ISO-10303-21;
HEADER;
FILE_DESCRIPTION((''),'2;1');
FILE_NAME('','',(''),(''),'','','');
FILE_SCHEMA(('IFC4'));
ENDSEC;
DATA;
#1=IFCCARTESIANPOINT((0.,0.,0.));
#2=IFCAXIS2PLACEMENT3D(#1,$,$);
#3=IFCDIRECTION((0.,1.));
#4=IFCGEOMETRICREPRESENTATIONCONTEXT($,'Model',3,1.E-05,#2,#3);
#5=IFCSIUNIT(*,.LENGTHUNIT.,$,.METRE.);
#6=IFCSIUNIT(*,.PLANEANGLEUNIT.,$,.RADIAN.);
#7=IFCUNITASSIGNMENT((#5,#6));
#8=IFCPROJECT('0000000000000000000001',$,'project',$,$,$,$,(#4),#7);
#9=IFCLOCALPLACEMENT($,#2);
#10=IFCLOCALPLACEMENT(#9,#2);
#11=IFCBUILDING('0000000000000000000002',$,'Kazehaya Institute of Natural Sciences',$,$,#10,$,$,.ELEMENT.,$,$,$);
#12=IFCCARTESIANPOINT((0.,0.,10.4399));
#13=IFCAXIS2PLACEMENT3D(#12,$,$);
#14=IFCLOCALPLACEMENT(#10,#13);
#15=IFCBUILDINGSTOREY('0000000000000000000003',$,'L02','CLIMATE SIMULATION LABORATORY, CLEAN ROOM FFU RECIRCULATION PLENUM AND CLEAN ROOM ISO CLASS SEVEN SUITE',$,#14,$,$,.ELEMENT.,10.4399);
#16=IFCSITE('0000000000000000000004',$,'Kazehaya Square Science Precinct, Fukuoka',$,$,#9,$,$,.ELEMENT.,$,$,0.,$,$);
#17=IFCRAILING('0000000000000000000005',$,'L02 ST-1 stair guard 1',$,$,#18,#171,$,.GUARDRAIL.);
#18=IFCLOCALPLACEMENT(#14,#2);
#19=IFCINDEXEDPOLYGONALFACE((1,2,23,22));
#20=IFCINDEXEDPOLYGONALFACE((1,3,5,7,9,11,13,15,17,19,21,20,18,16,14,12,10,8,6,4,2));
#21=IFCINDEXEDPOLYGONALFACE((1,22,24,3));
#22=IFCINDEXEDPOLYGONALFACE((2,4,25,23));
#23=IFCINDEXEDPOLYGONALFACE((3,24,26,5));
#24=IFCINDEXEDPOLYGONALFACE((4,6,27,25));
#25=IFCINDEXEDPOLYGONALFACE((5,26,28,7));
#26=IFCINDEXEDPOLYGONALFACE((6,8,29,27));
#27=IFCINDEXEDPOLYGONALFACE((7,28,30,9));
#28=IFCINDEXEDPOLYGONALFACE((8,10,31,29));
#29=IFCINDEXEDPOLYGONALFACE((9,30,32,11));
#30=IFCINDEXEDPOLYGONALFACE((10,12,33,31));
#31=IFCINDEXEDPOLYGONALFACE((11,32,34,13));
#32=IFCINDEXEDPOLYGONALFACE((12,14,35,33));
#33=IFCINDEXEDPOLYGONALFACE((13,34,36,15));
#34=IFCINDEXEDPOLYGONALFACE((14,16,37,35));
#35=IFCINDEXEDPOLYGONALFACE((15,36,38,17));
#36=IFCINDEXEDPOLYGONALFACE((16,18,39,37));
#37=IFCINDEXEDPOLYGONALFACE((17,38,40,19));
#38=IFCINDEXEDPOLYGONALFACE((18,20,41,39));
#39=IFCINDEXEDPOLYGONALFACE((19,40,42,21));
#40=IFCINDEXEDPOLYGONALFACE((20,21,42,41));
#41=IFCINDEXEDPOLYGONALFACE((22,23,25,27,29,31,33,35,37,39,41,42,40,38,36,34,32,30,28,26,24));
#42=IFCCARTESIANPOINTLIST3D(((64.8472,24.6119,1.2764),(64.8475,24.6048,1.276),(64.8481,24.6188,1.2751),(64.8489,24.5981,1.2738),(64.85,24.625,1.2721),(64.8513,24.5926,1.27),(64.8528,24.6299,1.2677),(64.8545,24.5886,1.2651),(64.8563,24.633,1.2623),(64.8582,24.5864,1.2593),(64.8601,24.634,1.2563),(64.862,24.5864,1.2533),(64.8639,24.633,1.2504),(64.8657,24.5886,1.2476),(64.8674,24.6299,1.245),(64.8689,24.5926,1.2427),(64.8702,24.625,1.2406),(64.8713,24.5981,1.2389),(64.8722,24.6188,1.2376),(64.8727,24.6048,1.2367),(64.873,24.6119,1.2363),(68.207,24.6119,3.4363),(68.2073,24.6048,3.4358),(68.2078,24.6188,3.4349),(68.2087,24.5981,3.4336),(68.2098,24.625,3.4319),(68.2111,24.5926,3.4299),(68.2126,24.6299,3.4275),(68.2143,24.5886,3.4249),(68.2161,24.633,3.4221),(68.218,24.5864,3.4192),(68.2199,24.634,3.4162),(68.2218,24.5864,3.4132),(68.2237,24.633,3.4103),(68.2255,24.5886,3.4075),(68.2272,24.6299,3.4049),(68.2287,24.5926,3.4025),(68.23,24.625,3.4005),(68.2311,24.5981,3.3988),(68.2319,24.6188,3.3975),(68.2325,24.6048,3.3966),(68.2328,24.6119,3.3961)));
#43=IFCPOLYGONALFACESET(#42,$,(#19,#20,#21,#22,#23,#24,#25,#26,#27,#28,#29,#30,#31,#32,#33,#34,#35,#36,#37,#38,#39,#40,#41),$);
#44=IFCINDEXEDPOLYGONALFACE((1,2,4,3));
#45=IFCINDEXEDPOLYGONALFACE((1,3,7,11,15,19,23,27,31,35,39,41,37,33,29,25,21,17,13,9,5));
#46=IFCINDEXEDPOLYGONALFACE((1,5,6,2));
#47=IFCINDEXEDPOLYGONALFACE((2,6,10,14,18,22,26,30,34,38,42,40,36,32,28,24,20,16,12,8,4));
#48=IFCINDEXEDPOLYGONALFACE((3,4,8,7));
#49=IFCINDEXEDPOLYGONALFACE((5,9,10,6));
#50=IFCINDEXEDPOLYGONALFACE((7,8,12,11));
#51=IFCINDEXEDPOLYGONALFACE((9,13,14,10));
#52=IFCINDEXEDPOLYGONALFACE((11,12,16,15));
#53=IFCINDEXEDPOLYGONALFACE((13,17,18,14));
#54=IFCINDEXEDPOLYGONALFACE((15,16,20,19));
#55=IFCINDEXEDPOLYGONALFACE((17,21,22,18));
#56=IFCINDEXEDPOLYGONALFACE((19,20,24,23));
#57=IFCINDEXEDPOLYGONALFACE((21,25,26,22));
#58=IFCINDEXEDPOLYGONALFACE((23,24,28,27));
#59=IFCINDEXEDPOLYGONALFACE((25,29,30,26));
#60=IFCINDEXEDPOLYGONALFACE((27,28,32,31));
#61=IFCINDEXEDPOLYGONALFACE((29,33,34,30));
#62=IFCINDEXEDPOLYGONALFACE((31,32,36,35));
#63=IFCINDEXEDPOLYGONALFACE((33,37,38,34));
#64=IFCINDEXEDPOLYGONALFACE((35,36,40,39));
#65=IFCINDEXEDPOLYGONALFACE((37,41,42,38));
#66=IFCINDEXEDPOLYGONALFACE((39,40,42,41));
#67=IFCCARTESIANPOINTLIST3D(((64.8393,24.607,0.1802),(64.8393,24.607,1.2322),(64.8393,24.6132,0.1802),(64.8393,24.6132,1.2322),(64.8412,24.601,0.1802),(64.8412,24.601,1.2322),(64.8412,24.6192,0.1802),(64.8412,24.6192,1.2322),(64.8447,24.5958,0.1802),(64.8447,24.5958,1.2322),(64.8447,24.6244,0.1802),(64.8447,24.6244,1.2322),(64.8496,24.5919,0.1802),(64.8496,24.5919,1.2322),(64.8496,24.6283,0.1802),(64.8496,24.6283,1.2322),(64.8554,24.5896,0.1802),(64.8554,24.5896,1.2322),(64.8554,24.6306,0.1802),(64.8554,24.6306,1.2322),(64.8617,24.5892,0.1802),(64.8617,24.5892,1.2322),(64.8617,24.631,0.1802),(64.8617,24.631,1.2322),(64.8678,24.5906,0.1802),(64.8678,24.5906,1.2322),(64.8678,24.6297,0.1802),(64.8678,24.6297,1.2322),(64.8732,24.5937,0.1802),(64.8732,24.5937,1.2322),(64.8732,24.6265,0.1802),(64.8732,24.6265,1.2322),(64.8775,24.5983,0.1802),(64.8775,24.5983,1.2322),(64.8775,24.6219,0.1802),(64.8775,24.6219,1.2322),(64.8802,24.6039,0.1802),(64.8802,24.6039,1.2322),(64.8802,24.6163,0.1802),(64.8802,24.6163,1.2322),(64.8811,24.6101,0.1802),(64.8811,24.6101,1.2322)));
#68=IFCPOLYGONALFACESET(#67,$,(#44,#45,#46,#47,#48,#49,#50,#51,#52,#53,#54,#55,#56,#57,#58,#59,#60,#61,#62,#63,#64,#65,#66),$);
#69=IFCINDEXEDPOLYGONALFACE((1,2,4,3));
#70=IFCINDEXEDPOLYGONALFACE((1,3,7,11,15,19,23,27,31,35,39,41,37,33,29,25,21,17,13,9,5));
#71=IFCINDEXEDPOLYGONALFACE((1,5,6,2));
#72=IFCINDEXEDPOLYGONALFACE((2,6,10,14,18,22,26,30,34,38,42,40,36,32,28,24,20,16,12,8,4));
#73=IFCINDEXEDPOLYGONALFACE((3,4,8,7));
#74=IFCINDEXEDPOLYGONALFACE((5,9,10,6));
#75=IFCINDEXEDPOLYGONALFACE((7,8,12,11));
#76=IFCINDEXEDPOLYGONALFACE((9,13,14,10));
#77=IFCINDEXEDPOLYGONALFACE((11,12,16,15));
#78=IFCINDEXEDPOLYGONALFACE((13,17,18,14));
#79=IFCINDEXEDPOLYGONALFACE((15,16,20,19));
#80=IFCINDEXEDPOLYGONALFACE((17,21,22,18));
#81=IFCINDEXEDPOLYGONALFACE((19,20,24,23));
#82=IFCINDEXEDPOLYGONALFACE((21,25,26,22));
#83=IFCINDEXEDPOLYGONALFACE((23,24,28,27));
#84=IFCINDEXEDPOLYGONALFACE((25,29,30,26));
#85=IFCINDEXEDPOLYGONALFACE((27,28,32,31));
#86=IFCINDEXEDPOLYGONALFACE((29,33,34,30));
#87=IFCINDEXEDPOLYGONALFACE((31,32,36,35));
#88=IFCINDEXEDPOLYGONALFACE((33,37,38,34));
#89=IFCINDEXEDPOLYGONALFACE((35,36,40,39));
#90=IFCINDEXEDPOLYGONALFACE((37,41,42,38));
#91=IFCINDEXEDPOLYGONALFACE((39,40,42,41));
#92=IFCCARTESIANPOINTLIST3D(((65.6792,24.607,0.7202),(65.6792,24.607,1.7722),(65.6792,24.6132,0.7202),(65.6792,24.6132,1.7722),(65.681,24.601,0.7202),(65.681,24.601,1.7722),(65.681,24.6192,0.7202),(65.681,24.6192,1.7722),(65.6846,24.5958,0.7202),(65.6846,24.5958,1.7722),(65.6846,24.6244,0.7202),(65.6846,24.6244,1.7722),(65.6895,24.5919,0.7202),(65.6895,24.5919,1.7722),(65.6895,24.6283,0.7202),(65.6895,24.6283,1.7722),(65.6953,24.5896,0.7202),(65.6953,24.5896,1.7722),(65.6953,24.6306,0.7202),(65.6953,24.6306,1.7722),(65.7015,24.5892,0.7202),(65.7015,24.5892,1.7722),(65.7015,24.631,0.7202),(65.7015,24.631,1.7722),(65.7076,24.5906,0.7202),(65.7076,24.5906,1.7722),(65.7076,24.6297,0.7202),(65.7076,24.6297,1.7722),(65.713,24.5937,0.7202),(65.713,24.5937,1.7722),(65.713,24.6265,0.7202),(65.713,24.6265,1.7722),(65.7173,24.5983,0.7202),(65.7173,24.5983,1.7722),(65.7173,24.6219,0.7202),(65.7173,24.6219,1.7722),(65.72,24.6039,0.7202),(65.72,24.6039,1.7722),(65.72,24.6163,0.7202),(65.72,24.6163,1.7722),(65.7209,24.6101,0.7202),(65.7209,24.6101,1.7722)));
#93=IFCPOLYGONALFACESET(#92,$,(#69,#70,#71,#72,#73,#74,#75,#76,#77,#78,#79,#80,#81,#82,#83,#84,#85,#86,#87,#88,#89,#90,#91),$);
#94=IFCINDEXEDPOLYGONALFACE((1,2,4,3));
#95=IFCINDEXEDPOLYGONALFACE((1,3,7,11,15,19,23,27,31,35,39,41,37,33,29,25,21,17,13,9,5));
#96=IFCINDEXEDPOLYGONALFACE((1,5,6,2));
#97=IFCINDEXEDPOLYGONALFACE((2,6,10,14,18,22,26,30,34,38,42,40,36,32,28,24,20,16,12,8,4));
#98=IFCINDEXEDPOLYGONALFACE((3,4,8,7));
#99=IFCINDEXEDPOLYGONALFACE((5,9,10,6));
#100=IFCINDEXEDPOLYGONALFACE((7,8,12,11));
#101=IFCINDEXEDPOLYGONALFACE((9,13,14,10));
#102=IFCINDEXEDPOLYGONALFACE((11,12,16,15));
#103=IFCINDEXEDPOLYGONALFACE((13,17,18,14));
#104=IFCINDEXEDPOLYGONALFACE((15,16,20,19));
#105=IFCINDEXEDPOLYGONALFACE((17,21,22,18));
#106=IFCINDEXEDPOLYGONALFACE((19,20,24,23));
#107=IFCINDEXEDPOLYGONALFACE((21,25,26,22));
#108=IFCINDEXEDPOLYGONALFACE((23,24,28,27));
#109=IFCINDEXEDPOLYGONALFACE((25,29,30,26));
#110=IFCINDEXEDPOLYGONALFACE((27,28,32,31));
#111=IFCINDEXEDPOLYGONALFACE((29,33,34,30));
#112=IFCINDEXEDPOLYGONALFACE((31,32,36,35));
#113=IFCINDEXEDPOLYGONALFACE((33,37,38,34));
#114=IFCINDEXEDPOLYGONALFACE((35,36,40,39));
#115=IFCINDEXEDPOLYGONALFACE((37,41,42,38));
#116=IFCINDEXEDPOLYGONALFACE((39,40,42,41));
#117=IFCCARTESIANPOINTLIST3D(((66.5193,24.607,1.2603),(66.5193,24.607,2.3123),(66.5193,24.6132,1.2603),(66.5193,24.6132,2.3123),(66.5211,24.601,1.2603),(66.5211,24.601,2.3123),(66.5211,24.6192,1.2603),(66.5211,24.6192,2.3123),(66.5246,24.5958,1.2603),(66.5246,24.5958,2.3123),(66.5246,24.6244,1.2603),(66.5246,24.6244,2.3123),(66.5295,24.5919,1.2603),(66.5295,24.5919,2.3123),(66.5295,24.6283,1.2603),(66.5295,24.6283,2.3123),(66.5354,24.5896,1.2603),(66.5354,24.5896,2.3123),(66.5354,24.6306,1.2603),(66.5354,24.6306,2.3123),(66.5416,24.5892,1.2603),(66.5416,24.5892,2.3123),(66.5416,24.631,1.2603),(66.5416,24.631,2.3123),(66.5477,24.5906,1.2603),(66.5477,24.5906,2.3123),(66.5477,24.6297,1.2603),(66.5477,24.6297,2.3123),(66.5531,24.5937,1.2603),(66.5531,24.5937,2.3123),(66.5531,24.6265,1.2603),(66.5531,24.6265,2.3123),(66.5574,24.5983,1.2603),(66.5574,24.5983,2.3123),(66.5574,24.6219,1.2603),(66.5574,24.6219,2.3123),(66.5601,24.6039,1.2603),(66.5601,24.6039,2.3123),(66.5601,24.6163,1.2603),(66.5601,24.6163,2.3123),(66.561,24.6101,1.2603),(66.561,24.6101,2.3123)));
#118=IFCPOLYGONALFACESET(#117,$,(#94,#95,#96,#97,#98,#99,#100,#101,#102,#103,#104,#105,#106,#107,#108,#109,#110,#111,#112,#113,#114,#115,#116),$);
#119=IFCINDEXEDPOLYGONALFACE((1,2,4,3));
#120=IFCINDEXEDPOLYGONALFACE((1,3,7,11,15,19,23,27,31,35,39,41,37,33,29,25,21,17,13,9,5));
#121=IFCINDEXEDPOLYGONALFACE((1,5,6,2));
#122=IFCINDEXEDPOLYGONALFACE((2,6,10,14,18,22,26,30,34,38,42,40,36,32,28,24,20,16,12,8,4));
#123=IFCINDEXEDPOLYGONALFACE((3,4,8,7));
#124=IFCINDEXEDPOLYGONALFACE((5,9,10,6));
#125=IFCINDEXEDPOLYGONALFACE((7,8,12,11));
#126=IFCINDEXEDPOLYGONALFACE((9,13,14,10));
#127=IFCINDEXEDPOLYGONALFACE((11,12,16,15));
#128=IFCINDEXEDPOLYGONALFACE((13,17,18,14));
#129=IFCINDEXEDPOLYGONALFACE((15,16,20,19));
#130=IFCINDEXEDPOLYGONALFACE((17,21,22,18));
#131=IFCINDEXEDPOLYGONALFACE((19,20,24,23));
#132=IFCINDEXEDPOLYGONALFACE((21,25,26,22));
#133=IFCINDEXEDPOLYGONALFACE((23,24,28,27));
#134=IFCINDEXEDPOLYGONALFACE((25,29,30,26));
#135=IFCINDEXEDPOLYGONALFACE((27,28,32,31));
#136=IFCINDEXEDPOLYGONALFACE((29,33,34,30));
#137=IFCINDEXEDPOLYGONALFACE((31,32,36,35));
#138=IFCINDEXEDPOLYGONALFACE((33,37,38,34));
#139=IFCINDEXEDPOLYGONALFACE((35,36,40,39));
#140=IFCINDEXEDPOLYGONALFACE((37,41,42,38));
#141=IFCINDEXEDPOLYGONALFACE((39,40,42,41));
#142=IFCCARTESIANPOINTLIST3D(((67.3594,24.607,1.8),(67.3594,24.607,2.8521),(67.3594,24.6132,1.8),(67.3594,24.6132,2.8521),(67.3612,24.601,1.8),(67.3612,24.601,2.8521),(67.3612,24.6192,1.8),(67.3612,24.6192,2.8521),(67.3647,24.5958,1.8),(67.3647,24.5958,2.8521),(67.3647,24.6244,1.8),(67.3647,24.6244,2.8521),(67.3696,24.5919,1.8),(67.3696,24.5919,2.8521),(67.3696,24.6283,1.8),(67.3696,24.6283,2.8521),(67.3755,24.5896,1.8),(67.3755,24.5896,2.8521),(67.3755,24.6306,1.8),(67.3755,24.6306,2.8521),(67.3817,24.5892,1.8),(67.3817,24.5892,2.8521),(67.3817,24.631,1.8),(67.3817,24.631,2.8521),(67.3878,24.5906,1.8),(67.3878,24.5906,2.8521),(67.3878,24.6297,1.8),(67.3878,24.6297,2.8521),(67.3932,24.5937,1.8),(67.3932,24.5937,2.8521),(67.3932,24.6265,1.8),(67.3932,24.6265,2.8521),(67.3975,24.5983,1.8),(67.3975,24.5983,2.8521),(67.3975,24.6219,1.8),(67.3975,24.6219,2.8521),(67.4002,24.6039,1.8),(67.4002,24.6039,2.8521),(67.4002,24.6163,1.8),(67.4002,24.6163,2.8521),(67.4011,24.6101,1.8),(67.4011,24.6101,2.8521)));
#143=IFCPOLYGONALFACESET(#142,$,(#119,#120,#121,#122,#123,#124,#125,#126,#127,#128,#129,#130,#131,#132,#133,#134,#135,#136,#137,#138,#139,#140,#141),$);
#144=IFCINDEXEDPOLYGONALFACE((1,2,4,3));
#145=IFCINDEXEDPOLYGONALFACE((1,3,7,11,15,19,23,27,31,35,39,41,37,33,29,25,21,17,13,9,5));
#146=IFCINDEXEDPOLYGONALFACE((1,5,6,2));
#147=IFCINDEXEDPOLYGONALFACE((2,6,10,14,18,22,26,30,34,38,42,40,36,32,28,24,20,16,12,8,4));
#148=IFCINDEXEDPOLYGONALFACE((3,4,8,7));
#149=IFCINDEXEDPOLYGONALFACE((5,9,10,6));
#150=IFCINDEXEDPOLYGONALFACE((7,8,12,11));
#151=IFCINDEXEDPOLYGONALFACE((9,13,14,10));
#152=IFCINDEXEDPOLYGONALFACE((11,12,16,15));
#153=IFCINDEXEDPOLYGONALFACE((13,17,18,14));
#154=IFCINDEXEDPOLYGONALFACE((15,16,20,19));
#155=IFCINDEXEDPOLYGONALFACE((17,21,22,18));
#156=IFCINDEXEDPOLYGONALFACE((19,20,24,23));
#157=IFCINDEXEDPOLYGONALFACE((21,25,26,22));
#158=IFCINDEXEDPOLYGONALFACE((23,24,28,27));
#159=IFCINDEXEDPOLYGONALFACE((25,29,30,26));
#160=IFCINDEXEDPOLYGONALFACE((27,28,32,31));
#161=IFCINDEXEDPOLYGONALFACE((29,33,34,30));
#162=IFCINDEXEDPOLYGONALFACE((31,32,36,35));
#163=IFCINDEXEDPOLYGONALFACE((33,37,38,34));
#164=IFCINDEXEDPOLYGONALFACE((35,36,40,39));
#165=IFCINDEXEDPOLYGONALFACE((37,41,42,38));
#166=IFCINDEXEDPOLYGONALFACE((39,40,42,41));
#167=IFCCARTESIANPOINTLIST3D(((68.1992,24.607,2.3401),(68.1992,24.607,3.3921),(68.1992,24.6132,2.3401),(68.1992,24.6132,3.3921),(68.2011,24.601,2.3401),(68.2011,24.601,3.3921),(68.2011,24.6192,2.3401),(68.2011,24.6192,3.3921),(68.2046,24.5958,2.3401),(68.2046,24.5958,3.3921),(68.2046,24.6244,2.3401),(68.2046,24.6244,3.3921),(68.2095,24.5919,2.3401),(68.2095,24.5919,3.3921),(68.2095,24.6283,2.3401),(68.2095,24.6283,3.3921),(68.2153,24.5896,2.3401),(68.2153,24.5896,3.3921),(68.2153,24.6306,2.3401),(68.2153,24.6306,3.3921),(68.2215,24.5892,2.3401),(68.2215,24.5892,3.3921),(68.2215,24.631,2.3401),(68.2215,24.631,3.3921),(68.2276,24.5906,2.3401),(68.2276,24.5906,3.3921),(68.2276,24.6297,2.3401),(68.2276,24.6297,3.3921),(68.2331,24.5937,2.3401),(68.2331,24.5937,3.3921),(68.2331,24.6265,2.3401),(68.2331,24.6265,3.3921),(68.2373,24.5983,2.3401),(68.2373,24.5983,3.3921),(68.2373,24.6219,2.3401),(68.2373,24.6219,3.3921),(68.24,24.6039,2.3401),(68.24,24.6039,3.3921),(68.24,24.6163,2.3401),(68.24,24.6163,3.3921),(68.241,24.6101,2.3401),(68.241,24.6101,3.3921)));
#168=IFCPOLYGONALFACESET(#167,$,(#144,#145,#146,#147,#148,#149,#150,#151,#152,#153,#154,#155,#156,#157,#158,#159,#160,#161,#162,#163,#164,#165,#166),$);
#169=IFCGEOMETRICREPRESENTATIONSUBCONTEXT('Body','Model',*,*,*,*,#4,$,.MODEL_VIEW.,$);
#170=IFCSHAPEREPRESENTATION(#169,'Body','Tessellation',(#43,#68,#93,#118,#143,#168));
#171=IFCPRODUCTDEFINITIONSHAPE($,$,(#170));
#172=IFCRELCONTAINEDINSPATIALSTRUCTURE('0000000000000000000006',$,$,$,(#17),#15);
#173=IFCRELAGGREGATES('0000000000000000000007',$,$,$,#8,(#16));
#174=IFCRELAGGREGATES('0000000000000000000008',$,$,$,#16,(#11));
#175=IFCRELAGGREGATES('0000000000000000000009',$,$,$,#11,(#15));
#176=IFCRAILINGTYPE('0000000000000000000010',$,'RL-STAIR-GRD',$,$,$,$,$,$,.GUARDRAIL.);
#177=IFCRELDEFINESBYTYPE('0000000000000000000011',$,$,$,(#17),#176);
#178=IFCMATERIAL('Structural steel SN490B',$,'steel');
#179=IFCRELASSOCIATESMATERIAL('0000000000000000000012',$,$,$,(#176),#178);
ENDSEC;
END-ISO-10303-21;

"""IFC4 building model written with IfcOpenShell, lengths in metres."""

from ifc_helpers import new_model, si_unit, direction, frame, origin, origin_2d, place, context, subcontext, project, spatial, circle, extrude, material, type_object, element, save


model = new_model("IFC4")

# Units and contexts
model_context = context("Model", 3, precision=1e-05, world=origin(), true_north=direction((0.0, 1.0)))
body_context = subcontext(model_context, "Body", "Model", "MODEL_VIEW")
ifc_project = project(units=[si_unit("LENGTHUNIT", "METRE"), si_unit("PLANEANGLEUNIT", "RADIAN")], contexts=[model_context])

# Site, building, storey
site_placement = place(None, origin())
site = spatial("IfcSite", under=ifc_project, at=site_placement, Name="Kazehaya Square Science Precinct, Fukuoka", CompositionType="ELEMENT", RefElevation=0.0)
building_placement = place(site_placement, origin())
building = spatial("IfcBuilding", under=site, at=building_placement, Name="Kazehaya Institute of Natural Sciences", CompositionType="ELEMENT")
storey_placement = place(building_placement, frame((0.0, 0.0, 10.4399)))
storey = spatial("IfcBuildingStorey", under=building, at=storey_placement, Name="L02", Description="CLIMATE SIMULATION LABORATORY, CLEAN ROOM FFU RECIRCULATION PLENUM AND CLEAN ROOM ISO CLASS SEVEN SUITE", CompositionType="ELEMENT", Elevation=10.4399)

# Railing
ifc_material_1 = material(Name="Structural steel SN490B", Category="steel")
railing_type_1 = type_object("IfcRailingType", Name="RL-STAIR-GRD", PredefinedType="GUARDRAIL", material=ifc_material_1)
railing_1_placement = place(storey_placement, frame((64.8601, 24.6101, 0.1802)))
element("IfcRailing", 1, at=railing_1_placement, inside=storey, type_object=railing_type_1, Name="L02 ST-1 stair guard 1", PredefinedType="GUARDRAIL", context=body_context, shape_type="SweptSolid", body=[
    extrude(circle(Radius=0.0239, at=origin_2d()), frame((0.0, 0.0, 1.0762), z_axis=(0.841178, 0.0, 0.540758), x_axis=(0.0, 1.0, 0.0)), (0.0, 0.0, 1.0), 3.9941),
    extrude(circle(Radius=0.021, at=origin_2d()), origin(), (0.0, 0.0, 1.0), 1.052),
    extrude(circle(Radius=0.021, at=origin_2d()), frame((0.8398, 0.0, 0.54)), (0.0, 0.0, 1.0), 1.052),
    extrude(circle(Radius=0.021, at=origin_2d()), frame((1.6799, 0.0, 1.0801)), (0.0, 0.0, 1.0), 1.052),
    extrude(circle(Radius=0.021, at=origin_2d()), frame((2.52, 0.0, 1.6199)), (0.0, 0.0, 1.0), 1.052),
    extrude(circle(Radius=0.021, at=origin_2d()), frame((3.3599, 0.0, 2.1599)), (0.0, 0.0, 1.0), 1.052),
])

save(model, "model.ifc")
